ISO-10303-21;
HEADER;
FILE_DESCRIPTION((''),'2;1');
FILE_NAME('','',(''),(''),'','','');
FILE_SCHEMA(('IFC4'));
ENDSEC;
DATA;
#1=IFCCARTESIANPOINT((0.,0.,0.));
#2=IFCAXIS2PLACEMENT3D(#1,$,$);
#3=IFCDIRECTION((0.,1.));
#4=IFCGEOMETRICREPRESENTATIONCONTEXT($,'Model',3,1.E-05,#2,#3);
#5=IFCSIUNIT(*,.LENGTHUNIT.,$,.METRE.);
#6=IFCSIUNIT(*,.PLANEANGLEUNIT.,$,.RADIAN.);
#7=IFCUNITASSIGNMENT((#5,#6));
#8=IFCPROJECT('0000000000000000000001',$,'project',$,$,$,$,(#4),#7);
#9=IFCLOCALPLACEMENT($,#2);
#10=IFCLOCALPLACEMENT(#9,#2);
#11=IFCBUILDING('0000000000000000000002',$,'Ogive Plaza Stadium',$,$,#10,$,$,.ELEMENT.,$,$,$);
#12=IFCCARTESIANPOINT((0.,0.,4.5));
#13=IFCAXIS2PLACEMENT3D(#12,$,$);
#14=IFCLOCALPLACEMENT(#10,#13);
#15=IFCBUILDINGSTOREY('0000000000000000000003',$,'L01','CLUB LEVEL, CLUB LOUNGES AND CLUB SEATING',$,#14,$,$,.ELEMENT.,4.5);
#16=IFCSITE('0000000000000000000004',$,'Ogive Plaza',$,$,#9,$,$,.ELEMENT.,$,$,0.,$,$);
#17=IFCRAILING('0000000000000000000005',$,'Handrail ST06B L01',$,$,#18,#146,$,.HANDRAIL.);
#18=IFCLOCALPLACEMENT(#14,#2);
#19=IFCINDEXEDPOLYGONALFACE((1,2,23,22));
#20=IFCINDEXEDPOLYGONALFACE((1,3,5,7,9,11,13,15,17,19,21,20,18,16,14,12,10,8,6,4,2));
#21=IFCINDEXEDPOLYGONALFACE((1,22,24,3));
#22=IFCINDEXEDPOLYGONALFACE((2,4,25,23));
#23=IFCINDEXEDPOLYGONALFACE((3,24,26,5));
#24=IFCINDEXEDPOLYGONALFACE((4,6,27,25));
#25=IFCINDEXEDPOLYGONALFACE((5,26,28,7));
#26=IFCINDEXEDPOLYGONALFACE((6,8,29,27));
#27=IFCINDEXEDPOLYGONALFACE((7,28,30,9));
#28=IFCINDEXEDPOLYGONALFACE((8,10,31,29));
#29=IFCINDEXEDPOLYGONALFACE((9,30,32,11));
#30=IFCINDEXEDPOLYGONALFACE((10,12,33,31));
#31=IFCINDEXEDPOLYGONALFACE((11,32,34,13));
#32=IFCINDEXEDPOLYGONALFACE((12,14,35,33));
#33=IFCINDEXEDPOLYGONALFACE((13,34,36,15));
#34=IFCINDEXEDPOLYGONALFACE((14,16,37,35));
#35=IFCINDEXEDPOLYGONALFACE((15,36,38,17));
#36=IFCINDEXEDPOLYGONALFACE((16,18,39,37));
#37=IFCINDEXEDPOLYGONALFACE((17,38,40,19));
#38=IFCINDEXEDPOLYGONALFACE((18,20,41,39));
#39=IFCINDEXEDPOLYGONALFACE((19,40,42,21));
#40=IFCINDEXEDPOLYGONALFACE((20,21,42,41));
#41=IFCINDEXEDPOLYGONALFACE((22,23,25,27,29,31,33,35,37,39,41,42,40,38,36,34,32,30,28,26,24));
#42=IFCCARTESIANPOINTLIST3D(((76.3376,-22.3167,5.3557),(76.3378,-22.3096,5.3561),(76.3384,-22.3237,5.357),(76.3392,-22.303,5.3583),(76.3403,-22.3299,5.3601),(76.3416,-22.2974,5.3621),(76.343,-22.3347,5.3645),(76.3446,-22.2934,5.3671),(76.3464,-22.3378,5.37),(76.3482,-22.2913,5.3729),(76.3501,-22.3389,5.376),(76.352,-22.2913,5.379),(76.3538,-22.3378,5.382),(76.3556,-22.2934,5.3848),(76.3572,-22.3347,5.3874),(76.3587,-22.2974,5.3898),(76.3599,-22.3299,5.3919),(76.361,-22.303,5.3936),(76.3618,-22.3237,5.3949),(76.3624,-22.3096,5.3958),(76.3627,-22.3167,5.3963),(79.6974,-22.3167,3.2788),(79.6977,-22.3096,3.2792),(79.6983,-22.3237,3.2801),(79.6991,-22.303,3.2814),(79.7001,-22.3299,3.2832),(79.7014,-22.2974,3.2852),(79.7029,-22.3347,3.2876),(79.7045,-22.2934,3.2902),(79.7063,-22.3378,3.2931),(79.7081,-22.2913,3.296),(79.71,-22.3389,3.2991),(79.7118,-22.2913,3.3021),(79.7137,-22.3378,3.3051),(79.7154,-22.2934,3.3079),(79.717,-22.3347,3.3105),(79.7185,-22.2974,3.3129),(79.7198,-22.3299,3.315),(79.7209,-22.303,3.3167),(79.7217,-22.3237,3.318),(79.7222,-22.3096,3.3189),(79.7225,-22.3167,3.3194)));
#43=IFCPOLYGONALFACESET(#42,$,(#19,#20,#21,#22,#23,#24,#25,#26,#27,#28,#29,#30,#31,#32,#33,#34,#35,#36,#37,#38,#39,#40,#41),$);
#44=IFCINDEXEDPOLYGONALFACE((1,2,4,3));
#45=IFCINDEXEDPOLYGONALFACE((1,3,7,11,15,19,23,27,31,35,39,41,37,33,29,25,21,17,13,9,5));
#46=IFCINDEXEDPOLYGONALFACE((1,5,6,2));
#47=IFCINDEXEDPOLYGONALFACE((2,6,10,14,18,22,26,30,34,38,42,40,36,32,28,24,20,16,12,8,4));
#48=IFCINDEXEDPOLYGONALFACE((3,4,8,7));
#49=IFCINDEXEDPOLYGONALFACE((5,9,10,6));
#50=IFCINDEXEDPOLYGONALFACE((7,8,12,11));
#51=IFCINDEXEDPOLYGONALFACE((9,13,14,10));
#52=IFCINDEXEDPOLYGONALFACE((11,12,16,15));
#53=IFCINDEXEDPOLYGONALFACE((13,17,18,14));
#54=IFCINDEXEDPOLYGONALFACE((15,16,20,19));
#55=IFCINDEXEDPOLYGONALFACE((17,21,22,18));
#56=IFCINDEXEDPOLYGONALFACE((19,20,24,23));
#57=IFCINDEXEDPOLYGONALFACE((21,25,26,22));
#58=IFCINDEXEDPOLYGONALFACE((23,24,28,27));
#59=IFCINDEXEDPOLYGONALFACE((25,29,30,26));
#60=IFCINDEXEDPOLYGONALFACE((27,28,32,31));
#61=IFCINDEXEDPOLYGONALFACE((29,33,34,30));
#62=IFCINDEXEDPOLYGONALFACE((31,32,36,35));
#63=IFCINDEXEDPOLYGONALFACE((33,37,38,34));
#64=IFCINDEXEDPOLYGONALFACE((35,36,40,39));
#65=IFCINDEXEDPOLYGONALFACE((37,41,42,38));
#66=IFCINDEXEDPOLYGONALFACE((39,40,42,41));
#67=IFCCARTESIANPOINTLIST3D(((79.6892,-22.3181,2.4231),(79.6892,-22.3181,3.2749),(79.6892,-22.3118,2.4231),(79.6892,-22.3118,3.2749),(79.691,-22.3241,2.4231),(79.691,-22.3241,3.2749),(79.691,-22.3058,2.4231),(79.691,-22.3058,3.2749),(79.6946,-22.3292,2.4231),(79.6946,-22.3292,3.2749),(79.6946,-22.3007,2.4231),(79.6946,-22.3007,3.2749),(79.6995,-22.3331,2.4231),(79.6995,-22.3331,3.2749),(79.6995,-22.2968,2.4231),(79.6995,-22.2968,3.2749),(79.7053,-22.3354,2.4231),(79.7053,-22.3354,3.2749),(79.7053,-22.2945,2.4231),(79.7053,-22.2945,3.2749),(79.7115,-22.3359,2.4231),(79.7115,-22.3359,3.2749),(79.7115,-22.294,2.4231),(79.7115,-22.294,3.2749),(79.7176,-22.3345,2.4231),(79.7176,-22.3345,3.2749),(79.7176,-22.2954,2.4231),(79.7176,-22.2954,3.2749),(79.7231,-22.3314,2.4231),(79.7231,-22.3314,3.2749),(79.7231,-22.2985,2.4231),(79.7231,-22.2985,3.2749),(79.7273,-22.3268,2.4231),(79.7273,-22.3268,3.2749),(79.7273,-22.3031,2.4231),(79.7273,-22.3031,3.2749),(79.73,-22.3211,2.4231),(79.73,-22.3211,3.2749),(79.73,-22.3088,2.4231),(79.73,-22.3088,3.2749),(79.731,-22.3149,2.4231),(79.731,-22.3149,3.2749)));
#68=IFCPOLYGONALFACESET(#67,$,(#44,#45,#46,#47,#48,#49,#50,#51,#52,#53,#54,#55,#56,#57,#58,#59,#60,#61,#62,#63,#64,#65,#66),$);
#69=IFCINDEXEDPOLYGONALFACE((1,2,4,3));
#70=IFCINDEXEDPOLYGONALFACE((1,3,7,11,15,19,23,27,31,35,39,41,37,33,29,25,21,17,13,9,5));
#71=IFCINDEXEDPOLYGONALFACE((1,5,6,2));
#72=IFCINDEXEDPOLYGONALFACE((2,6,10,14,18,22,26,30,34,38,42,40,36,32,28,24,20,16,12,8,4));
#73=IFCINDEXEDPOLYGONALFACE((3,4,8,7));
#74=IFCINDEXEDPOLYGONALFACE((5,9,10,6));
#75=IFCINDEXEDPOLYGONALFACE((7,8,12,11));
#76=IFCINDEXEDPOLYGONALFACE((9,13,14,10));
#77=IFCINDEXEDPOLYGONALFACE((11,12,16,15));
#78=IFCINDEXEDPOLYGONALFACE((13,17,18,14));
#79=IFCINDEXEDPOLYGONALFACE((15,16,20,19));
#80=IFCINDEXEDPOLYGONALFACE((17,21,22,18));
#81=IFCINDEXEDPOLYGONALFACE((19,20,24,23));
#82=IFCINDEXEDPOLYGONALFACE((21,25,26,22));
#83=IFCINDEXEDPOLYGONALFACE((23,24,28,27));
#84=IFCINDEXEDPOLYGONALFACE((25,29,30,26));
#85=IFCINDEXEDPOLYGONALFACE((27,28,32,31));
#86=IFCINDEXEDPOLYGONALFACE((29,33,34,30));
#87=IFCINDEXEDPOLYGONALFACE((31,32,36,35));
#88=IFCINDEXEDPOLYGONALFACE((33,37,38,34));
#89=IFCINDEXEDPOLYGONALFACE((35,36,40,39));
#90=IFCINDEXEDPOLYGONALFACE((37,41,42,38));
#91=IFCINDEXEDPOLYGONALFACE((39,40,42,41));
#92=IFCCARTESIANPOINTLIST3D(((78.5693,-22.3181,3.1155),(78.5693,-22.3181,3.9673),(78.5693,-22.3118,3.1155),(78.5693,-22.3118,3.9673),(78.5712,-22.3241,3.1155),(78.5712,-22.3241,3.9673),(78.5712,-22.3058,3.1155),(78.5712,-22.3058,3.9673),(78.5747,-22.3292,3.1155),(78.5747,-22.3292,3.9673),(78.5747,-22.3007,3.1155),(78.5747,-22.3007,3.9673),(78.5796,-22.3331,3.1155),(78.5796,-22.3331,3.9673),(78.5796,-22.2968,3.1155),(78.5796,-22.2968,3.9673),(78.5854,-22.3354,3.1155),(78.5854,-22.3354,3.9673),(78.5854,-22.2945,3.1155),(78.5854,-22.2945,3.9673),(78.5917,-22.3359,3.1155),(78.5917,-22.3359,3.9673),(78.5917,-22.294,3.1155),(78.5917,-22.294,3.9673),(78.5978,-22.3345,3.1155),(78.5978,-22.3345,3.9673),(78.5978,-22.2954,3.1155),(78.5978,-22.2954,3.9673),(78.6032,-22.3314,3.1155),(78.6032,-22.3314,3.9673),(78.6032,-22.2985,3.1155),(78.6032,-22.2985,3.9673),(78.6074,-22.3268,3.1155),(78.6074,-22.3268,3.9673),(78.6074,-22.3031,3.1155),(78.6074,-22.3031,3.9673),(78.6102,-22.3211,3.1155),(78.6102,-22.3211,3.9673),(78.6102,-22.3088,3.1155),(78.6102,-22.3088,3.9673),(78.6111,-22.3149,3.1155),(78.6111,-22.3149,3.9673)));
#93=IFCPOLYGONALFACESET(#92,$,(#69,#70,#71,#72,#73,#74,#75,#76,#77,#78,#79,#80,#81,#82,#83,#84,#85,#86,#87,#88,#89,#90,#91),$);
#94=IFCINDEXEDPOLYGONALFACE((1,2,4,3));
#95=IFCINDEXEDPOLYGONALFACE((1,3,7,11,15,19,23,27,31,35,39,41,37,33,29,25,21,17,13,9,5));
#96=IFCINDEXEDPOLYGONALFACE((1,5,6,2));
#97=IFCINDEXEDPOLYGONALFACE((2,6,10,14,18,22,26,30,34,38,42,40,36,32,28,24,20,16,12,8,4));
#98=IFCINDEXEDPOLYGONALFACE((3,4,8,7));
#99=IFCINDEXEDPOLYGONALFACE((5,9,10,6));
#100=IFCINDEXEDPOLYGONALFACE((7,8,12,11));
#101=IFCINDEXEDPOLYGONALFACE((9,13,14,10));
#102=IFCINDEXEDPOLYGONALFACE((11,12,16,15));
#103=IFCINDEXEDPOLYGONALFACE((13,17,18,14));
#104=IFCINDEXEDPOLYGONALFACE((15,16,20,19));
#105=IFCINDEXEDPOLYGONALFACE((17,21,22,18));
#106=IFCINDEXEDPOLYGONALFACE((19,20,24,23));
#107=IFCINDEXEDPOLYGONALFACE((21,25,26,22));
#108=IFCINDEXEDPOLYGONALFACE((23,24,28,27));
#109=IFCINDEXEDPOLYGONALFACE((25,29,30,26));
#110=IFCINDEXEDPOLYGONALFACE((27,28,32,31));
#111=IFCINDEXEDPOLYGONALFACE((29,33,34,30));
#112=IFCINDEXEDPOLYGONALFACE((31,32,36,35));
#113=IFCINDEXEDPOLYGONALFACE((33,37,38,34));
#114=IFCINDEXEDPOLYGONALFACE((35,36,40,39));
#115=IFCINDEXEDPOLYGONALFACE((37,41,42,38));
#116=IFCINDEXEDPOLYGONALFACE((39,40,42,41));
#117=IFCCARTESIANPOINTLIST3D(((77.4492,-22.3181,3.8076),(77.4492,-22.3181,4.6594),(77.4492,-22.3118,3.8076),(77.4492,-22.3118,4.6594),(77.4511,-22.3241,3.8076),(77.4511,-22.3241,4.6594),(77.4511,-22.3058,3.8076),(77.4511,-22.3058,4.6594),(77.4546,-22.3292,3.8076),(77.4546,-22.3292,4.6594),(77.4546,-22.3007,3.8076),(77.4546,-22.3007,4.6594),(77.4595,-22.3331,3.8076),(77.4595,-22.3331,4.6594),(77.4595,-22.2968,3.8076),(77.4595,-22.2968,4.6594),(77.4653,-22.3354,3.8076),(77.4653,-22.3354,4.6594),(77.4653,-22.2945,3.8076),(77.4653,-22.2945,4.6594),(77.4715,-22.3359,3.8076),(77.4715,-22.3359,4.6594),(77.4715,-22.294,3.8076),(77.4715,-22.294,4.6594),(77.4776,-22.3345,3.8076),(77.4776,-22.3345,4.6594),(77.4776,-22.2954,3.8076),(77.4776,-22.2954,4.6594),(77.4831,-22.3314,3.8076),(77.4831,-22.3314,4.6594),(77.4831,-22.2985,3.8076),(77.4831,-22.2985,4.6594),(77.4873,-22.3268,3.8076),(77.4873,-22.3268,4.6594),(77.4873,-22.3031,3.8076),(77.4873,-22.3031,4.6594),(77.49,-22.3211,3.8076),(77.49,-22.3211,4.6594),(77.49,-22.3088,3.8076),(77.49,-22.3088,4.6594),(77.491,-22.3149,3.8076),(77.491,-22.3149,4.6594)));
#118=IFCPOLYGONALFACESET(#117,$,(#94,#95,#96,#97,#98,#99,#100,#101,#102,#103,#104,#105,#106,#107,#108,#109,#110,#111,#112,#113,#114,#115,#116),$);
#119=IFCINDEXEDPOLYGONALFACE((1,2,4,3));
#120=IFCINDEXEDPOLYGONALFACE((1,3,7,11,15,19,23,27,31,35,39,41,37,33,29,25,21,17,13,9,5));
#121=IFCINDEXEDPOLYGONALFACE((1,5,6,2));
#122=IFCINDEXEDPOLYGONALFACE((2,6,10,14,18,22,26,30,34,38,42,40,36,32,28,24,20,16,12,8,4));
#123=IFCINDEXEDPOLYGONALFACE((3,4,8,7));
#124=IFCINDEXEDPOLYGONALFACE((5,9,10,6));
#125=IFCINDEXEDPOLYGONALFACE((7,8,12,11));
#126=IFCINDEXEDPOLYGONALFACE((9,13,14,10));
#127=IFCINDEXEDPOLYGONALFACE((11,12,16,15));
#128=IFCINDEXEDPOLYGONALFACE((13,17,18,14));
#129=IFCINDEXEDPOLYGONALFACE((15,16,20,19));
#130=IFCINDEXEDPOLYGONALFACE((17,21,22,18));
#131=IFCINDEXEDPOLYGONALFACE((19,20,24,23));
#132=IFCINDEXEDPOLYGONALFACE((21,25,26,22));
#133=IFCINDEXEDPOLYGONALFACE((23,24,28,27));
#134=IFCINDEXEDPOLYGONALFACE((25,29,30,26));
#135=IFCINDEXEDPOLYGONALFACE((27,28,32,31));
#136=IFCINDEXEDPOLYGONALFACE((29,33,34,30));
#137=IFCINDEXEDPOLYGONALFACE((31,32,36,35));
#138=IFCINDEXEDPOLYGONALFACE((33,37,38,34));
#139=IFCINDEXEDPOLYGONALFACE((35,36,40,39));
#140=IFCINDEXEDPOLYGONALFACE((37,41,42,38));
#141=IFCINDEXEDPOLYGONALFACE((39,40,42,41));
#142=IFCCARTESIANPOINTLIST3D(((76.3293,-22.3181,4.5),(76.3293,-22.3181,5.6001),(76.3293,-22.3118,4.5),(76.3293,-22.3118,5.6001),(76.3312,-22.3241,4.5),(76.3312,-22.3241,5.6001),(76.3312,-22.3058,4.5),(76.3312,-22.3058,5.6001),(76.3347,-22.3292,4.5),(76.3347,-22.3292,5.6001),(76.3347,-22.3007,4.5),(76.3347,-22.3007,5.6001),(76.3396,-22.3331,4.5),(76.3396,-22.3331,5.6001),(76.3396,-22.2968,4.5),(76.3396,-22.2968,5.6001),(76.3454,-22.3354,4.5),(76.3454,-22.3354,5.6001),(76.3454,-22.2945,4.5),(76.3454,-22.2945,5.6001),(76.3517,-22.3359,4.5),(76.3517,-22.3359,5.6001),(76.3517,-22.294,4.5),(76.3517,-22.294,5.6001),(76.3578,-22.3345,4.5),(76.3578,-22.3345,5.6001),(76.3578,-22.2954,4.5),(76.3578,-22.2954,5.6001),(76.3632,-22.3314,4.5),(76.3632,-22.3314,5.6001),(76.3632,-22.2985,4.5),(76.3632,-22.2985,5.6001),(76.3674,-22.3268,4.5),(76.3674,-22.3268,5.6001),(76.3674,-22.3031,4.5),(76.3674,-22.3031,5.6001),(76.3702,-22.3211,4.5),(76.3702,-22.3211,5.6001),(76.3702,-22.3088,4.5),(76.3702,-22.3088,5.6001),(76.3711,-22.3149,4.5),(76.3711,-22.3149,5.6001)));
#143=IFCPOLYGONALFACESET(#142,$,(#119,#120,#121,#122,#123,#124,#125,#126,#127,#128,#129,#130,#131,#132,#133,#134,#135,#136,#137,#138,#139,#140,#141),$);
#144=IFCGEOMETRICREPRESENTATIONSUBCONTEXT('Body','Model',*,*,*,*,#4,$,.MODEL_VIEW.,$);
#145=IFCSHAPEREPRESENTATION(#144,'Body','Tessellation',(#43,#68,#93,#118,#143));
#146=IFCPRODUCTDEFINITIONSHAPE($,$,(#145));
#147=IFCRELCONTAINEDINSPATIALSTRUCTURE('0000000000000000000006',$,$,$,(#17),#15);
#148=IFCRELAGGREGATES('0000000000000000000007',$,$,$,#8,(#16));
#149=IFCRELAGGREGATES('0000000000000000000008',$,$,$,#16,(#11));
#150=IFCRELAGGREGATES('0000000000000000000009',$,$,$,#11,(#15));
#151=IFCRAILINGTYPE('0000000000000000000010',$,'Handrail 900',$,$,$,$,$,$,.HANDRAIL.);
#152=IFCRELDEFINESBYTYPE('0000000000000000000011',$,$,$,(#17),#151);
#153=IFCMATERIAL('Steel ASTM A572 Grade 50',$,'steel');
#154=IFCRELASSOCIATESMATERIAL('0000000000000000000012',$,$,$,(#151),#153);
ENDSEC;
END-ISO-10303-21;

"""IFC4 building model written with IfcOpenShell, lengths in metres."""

from ifc_helpers import new_model, si_unit, direction, frame, origin, origin_2d, place, context, subcontext, project, spatial, circle, extrude, material, type_object, element, save


model = new_model("IFC4")

# Units and contexts
model_context = context("Model", 3, precision=1e-05, world=origin(), true_north=direction((0.0, 1.0)))
body_context = subcontext(model_context, "Body", "Model", "MODEL_VIEW")
ifc_project = project(units=[si_unit("LENGTHUNIT", "METRE"), si_unit("PLANEANGLEUNIT", "RADIAN")], contexts=[model_context])

# Site, building, storey
site_placement = place(None, origin())
site = spatial("IfcSite", under=ifc_project, at=site_placement, Name="Ogive Plaza", CompositionType="ELEMENT", RefElevation=0.0)
building_placement = place(site_placement, origin())
building = spatial("IfcBuilding", under=site, at=building_placement, Name="Ogive Plaza Stadium", CompositionType="ELEMENT")
storey_placement = place(building_placement, frame((0.0, 0.0, 4.5)))
storey = spatial("IfcBuildingStorey", under=building, at=storey_placement, Name="L01", Description="CLUB LEVEL, CLUB LOUNGES AND CLUB SEATING", CompositionType="ELEMENT", Elevation=4.5)

# Railing
ifc_material_1 = material(Name="Steel ASTM A572 Grade 50", Category="steel")
railing_type_1 = type_object("IfcRailingType", Name="Handrail 900", PredefinedType="HANDRAIL", material=ifc_material_1)
for number, where, name in (
    (1, (79.71, -22.3149, 2.4231), "Handrail ST06B L01"),
):
    element("IfcRailing", number, at=place(storey_placement, frame(where)), inside=storey, type_object=railing_type_1, Name=name, PredefinedType="HANDRAIL", context=body_context, shape_type="SweptSolid", body=[
        extrude(circle(Radius=0.0239, at=origin_2d()), frame((0.0, 0.0, 0.876), z_axis=(-0.850606, 0.0, 0.525803), x_axis=(0.0, -1.0, 0.0)), (0.0, 0.0, 1.0), 3.95),
        extrude(circle(Radius=0.021, at=origin_2d()), origin(), (0.0, 0.0, 1.0), 0.8518),
        extrude(circle(Radius=0.021, at=origin_2d()), frame((-1.1199, 0.0, 0.6924)), (0.0, 0.0, 1.0), 0.8518),
        extrude(circle(Radius=0.021, at=origin_2d()), frame((-2.24, 0.0, 1.3845)), (0.0, 0.0, 1.0), 0.8518),
        extrude(circle(Radius=0.021, at=origin_2d()), frame((-3.3599, 0.0, 2.0769)), (0.0, 0.0, 1.0), 1.1001),
    ])

save(model, "model.ifc")
